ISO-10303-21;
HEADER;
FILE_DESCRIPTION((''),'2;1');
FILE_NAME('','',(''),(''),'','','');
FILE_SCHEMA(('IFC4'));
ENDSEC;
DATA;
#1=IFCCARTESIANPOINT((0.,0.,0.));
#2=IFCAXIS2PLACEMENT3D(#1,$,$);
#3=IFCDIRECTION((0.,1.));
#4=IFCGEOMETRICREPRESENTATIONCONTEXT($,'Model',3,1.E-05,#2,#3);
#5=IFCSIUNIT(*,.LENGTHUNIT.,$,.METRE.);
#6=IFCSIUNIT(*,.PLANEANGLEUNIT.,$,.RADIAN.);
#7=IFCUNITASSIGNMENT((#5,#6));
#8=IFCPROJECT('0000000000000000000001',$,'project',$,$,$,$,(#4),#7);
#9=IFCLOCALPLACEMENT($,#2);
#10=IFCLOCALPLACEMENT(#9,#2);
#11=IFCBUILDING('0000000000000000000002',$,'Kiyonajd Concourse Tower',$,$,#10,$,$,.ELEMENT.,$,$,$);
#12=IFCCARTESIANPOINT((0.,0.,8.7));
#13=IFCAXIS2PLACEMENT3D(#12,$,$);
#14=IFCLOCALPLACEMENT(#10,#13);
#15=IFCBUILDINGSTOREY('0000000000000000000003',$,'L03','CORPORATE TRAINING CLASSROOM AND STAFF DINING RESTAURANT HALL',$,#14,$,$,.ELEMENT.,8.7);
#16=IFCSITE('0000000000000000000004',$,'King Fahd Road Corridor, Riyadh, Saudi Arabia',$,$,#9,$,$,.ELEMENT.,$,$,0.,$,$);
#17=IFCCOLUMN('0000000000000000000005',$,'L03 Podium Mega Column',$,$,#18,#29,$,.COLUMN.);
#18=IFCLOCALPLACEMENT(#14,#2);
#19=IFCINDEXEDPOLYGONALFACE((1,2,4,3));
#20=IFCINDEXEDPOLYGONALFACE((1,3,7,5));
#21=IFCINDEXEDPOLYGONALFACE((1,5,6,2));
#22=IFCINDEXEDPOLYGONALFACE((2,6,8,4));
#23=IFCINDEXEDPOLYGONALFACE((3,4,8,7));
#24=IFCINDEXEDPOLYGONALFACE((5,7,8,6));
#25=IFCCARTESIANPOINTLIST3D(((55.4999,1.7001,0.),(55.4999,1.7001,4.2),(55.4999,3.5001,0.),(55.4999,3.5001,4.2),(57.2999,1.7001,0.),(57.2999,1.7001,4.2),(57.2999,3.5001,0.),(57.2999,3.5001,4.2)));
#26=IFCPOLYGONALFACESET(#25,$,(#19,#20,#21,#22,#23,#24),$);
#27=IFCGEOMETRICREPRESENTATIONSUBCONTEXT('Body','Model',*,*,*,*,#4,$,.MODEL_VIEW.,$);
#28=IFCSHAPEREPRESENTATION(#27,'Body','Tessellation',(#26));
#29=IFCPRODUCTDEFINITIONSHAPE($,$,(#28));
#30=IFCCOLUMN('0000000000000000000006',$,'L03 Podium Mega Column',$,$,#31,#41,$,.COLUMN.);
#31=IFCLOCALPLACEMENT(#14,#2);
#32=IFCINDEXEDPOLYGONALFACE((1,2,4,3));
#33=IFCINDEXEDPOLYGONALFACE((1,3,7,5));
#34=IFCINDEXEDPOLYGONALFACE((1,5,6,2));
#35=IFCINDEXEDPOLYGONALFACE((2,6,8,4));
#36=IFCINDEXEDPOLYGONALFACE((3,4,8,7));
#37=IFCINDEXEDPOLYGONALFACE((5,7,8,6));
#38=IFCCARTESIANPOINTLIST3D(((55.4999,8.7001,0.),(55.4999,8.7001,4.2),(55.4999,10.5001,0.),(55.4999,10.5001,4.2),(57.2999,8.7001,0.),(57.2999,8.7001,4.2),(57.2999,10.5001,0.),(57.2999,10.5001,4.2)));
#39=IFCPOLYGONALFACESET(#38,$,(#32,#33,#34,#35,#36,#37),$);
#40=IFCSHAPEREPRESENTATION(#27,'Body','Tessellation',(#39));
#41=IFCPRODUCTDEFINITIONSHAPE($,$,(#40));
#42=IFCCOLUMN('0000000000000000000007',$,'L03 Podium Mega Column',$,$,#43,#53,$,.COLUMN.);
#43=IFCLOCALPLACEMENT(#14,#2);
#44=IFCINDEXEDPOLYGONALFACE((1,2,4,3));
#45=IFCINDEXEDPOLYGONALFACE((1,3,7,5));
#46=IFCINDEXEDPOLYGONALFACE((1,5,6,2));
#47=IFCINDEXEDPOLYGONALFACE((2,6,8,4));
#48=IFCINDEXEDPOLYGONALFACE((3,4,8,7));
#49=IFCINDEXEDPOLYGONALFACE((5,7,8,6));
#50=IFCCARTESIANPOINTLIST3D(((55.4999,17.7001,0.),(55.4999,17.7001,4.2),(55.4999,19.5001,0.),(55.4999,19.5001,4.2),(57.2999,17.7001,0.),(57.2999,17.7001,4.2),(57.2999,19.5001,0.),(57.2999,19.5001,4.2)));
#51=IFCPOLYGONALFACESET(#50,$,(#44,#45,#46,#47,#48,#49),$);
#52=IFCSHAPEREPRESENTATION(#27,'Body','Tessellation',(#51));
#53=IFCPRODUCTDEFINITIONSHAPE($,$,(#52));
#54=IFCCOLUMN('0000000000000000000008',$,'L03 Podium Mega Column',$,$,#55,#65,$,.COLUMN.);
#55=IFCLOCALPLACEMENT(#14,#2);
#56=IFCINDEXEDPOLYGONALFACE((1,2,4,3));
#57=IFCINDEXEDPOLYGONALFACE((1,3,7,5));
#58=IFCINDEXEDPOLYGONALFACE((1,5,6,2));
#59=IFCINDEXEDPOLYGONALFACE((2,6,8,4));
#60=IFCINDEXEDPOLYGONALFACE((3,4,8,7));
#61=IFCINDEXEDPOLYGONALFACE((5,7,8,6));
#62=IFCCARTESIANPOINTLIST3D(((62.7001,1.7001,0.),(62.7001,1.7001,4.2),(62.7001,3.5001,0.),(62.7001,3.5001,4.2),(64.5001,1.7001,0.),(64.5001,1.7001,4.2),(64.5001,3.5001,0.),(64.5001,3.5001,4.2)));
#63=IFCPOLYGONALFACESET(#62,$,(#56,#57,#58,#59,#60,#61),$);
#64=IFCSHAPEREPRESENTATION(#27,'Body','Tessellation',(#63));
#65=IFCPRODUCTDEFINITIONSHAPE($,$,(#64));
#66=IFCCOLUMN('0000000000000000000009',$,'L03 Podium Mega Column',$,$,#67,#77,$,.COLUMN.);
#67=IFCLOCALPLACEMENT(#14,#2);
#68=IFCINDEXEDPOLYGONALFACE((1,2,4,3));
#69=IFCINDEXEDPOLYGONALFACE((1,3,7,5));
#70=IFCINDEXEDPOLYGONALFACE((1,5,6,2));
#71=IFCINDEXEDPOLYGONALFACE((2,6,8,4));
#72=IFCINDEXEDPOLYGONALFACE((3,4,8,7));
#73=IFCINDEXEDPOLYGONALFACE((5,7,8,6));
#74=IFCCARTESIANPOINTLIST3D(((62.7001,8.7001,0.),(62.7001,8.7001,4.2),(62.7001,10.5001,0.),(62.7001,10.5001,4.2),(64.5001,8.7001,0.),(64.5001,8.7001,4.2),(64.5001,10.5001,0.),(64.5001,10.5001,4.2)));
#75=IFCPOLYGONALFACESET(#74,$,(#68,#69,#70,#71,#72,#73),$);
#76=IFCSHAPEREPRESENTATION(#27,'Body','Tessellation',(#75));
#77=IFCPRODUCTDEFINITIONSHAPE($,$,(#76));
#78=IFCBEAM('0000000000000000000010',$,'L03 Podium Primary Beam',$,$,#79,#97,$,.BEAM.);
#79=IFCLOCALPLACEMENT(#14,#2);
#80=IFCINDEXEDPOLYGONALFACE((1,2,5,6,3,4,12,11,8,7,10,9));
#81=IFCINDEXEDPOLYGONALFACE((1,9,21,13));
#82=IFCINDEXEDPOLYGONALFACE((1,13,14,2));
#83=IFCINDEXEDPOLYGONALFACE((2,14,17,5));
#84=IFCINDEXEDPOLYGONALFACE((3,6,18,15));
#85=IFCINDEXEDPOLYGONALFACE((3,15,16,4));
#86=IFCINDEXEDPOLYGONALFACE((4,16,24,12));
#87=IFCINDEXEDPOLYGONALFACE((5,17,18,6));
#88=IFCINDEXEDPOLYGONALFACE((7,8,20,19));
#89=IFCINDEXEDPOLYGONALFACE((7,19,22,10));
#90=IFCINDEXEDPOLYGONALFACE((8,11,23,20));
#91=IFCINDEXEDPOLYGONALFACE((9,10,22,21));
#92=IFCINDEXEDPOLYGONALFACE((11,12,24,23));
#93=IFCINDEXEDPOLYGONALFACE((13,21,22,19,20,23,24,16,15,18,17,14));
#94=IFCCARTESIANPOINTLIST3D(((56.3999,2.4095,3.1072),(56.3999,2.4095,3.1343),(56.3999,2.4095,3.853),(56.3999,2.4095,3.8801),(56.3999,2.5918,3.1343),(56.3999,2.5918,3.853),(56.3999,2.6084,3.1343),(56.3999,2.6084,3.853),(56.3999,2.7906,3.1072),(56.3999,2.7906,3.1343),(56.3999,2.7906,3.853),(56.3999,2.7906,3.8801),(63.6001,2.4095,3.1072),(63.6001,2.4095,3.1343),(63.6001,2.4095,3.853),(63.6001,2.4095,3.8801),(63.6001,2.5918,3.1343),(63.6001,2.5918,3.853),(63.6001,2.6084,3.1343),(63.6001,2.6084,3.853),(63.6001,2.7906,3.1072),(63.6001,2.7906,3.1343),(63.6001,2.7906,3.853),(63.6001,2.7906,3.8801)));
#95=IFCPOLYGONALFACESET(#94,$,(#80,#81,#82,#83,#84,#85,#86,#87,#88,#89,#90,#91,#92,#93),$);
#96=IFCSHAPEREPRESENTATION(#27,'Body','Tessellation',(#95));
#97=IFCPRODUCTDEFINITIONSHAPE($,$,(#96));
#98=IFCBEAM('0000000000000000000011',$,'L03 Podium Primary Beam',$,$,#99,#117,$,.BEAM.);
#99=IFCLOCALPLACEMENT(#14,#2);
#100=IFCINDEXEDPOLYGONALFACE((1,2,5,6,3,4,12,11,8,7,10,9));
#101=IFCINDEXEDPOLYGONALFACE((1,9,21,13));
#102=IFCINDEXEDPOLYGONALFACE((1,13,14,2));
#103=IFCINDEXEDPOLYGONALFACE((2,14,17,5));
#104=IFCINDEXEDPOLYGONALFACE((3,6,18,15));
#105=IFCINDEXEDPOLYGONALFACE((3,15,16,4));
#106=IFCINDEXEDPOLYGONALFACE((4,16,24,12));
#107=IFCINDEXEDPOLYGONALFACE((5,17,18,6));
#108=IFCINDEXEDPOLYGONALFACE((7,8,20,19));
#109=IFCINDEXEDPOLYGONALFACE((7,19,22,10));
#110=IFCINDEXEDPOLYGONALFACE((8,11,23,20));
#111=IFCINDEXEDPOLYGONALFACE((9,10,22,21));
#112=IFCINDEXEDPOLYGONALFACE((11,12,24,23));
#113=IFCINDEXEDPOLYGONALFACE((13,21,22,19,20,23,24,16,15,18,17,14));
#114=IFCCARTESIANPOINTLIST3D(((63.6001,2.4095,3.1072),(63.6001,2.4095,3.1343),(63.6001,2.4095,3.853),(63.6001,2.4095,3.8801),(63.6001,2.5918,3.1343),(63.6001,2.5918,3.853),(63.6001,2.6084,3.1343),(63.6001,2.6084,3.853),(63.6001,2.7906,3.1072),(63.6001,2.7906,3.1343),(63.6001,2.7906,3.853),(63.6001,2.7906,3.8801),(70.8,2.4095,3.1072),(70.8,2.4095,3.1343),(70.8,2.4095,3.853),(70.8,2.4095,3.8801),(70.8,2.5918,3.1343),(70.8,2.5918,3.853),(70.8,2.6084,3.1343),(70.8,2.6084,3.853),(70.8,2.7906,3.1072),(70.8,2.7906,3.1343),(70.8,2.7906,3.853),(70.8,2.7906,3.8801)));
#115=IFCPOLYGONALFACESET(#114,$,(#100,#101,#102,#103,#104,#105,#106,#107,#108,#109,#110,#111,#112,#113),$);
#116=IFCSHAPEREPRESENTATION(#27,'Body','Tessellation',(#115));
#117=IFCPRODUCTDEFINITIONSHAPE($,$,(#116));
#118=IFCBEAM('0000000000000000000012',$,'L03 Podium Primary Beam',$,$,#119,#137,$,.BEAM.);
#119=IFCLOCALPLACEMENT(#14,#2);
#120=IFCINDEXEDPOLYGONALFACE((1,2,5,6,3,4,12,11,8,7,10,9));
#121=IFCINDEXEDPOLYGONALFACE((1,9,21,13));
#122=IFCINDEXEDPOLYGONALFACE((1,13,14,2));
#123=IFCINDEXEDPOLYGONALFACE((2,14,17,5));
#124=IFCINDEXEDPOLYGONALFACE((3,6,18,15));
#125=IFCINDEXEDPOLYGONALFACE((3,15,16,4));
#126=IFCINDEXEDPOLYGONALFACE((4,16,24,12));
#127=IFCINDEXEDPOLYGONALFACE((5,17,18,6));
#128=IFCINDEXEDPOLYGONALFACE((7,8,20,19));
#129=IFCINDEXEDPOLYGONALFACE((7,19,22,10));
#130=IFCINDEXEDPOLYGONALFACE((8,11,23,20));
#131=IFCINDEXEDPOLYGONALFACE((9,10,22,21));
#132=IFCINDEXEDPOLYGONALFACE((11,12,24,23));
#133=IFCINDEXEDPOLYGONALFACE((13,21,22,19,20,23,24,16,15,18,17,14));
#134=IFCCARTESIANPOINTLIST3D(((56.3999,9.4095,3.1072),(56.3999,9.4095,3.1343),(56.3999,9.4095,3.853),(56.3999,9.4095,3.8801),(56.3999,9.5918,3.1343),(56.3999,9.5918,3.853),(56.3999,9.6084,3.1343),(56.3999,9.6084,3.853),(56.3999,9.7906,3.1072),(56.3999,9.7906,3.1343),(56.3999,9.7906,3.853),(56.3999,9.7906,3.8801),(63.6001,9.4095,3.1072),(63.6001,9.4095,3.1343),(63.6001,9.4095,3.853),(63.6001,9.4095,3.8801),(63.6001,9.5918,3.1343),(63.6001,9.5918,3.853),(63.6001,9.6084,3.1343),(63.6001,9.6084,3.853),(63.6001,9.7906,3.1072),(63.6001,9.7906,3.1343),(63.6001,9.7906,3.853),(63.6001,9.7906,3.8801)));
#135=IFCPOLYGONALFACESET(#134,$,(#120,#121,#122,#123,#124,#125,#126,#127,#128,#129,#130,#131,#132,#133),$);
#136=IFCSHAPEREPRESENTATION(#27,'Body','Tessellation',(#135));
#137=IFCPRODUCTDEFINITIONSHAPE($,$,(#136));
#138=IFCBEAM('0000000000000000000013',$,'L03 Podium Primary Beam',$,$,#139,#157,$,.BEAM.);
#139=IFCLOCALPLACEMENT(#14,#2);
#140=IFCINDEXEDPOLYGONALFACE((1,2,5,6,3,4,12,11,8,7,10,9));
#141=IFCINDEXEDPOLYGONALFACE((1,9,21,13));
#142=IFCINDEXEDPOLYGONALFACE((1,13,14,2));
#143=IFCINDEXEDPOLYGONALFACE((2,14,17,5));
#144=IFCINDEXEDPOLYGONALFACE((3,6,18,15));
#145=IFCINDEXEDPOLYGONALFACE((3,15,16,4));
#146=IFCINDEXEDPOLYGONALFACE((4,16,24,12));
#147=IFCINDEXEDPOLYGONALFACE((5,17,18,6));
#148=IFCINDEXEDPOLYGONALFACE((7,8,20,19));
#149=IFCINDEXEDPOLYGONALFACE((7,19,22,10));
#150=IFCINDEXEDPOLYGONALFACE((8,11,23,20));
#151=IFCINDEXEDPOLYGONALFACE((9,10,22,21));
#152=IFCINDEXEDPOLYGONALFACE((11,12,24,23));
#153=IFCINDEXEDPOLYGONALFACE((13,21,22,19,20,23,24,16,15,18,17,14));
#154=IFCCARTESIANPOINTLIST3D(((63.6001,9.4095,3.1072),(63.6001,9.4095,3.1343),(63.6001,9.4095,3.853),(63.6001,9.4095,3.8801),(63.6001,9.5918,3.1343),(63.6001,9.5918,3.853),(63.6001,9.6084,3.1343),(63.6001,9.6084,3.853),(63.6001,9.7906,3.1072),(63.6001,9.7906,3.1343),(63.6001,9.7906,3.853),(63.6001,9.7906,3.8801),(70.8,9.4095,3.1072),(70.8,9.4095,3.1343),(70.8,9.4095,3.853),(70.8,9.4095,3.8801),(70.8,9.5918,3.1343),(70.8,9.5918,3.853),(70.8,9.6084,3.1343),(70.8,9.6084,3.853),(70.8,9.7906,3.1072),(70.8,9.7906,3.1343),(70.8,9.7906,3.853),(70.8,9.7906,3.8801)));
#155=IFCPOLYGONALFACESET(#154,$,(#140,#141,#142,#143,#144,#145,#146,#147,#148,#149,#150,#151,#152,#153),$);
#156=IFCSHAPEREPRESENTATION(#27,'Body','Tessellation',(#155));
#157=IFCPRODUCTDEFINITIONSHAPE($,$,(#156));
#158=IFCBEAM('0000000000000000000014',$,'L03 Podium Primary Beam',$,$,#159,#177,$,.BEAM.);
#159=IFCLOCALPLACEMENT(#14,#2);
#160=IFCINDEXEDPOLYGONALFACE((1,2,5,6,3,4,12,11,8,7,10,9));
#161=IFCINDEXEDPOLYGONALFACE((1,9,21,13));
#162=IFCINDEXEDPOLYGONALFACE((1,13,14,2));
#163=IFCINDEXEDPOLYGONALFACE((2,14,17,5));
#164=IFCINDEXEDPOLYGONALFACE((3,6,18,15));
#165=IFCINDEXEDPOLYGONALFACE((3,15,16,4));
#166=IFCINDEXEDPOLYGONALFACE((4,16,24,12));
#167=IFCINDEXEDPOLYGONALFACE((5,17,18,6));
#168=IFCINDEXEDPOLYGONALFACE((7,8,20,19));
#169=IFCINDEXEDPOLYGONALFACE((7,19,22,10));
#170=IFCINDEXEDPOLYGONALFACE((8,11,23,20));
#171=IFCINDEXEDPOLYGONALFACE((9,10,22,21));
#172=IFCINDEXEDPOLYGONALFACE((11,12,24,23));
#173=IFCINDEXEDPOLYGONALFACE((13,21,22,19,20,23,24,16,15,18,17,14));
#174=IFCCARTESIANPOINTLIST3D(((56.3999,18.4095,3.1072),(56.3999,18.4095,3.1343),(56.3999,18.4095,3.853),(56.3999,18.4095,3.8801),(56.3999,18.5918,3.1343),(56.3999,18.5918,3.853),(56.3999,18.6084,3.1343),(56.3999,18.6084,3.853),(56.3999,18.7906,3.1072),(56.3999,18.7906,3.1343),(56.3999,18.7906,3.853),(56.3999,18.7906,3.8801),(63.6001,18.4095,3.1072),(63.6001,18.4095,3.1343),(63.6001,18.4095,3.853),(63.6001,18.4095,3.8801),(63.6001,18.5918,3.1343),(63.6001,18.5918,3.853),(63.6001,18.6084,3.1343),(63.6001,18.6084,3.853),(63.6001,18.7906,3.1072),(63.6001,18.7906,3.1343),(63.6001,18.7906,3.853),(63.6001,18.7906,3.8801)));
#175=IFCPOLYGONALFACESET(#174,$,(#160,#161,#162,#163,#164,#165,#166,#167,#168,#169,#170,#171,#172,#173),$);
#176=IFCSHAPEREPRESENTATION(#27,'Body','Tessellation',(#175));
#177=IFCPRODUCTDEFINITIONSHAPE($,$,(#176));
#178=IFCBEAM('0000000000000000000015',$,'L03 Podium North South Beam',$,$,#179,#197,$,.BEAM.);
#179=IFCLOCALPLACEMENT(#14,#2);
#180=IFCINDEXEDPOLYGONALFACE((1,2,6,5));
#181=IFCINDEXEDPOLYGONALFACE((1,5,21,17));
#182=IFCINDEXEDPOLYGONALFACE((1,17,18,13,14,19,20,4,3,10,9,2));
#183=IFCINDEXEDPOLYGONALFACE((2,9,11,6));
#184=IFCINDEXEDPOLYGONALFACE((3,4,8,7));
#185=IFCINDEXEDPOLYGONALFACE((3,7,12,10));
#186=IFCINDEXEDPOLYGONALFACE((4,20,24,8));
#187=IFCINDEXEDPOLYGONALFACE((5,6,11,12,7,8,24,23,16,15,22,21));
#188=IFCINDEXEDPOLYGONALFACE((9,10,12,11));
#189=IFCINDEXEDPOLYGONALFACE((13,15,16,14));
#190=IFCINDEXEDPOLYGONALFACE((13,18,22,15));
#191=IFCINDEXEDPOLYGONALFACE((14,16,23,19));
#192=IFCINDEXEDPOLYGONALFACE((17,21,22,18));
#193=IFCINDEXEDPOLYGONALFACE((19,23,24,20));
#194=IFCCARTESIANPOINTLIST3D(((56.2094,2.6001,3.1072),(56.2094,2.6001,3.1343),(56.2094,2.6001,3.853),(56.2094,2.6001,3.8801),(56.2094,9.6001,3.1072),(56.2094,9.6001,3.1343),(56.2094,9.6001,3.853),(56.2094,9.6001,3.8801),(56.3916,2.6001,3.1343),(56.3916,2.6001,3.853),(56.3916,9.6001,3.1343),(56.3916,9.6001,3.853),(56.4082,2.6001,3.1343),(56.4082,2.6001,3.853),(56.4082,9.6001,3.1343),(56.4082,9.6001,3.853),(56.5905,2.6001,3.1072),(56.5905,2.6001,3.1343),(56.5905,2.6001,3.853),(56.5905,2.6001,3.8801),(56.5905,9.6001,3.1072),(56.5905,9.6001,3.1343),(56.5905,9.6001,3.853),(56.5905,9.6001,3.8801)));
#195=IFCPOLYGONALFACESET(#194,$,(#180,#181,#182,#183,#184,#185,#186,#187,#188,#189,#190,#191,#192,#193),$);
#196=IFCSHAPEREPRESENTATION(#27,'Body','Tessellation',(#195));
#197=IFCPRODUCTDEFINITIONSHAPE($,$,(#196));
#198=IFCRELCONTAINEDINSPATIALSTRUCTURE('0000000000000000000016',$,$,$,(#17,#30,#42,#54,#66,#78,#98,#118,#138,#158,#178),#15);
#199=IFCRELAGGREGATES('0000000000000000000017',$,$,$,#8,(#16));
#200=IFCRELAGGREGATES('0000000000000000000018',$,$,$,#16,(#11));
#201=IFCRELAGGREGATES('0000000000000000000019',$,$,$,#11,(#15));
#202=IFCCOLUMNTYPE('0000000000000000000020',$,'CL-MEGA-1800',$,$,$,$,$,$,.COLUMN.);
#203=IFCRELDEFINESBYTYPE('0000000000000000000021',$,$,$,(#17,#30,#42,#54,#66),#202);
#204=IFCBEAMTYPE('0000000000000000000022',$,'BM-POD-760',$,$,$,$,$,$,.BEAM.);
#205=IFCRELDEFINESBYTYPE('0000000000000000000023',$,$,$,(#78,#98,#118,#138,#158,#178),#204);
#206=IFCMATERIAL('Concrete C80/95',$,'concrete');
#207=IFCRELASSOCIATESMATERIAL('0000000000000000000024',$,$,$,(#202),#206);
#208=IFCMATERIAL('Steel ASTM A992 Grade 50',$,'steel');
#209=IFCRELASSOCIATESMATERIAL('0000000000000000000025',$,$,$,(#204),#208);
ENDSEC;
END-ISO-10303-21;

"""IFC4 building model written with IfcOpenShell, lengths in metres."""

from ifc_helpers import new_model, si_unit, direction, frame, origin, origin_2d, place, context, subcontext, project, spatial, rectangle, i_section, extrude, material, material_profile, profile_set, type_object, element, save


model = new_model("IFC4")

# Units and contexts
model_context = context("Model", 3, precision=1e-05, world=origin(), true_north=direction((0.0, 1.0)))
body_context = subcontext(model_context, "Body", "Model", "MODEL_VIEW")
ifc_project = project(units=[si_unit("LENGTHUNIT", "METRE"), si_unit("PLANEANGLEUNIT", "RADIAN")], contexts=[model_context])

# Site, building, storey
site_placement = place(None, origin())
site = spatial("IfcSite", under=ifc_project, at=site_placement, Name="King Fahd Road Corridor, Riyadh, Saudi Arabia", CompositionType="ELEMENT", RefElevation=0.0)
building_placement = place(site_placement, origin())
building = spatial("IfcBuilding", under=site, at=building_placement, Name="Kiyonajd Concourse Tower", CompositionType="ELEMENT")
storey_placement = place(building_placement, frame((0.0, 0.0, 8.7)))
storey = spatial("IfcBuildingStorey", under=building, at=storey_placement, Name="L03", Description="CORPORATE TRAINING CLASSROOM AND STAFF DINING RESTAURANT HALL", CompositionType="ELEMENT", Elevation=8.7)

# Columns
ifc_material_1 = material(Name="Concrete C80/95", Category="concrete")
ifc_material_profile_1 = material_profile(ifc_material_1, rectangle(XDim=1.8, YDim=1.8, at=origin_2d()), Name="RC-1800x1800")
ifc_profile_set_1 = profile_set([ifc_material_profile_1], Name="Concrete C80/95")
column_type = type_object("IfcColumnType", Name="CL-MEGA-1800", PredefinedType="COLUMN", material=ifc_profile_set_1)
for number, where, z_axis, x_axis, name in (
    (1, (56.3999, 2.6001, 0.0), (0.0, 0.0, 1.0), (1.0, 0.0, 0.0), "L03 Podium Mega Column"),
    (2, (56.3999, 9.6001, 0.0), (0.0, 0.0, 1.0), (1.0, 0.0, 0.0), "L03 Podium Mega Column"),
    (3, (56.3999, 18.6001, 0.0), (0.0, 0.0, 1.0), (1.0, 0.0, 0.0), "L03 Podium Mega Column"),
    (4, (63.6001, 2.6001, 0.0), (0.0, 0.0, 1.0), (1.0, 0.0, 0.0), "L03 Podium Mega Column"),
    (5, (63.6001, 9.6001, 0.0), (0.0, 0.0, 1.0), (1.0, 0.0, 0.0), "L03 Podium Mega Column"),
):
    element("IfcColumn", number, at=place(storey_placement, frame(where, z_axis=z_axis, x_axis=x_axis)), inside=storey, type_object=column_type, Name=name, PredefinedType="COLUMN", context=body_context, shape_type="SweptSolid", body=[
        extrude(rectangle(XDim=1.8, YDim=1.8, at=origin_2d()), origin(), (0.0, 0.0, 1.0), 4.2),
    ])

# Beams
ifc_material_2 = material(Name="Steel ASTM A992 Grade 50", Category="steel")
ifc_material_profile_2 = material_profile(ifc_material_2, i_section(OverallWidth=0.3811, OverallDepth=0.7729, WebThickness=0.0166, FlangeThickness=0.0271, at=origin_2d()), Name="W760X257")
ifc_profile_set_2 = profile_set([ifc_material_profile_2], Name="Steel ASTM A992 Grade 50")
beam_type = type_object("IfcBeamType", Name="BM-POD-760", PredefinedType="BEAM", material=ifc_profile_set_2)
beam_1_placement = place(storey_placement, frame((56.3999, 2.6001, 3.4937), z_axis=(1.0, 0.0, 0.0), x_axis=(0.0, 1.0, 0.0)))
element("IfcBeam", 6, at=beam_1_placement, inside=storey, type_object=beam_type, Name="L03 Podium Primary Beam", PredefinedType="BEAM", context=body_context, shape_type="SweptSolid", body=[
    extrude(i_section(OverallWidth=0.3811, OverallDepth=0.7729, WebThickness=0.0166, FlangeThickness=0.0271, at=origin_2d()), origin(), (0.0, 0.0, 1.0), 7.2002),
])
beam_2_placement = place(storey_placement, frame((63.6001, 2.6001, 3.4937), z_axis=(1.0, 0.0, 0.0), x_axis=(0.0, 1.0, 0.0)))
element("IfcBeam", 7, at=beam_2_placement, inside=storey, type_object=beam_type, Name="L03 Podium Primary Beam", PredefinedType="BEAM", context=body_context, shape_type="SweptSolid", body=[
    extrude(i_section(OverallWidth=0.3811, OverallDepth=0.7729, WebThickness=0.0166, FlangeThickness=0.0271, at=origin_2d()), origin(), (0.0, 0.0, 1.0), 7.2),
])
beam_3_placement = place(storey_placement, frame((56.3999, 9.6001, 3.4937), z_axis=(1.0, 0.0, 0.0), x_axis=(0.0, 1.0, 0.0)))
element("IfcBeam", 8, at=beam_3_placement, inside=storey, type_object=beam_type, Name="L03 Podium Primary Beam", PredefinedType="BEAM", context=body_context, shape_type="SweptSolid", body=[
    extrude(i_section(OverallWidth=0.3811, OverallDepth=0.7729, WebThickness=0.0166, FlangeThickness=0.0271, at=origin_2d()), origin(), (0.0, 0.0, 1.0), 7.2002),
])
beam_4_placement = place(storey_placement, frame((63.6001, 9.6001, 3.4937), z_axis=(1.0, 0.0, 0.0), x_axis=(0.0, 1.0, 0.0)))
element("IfcBeam", 9, at=beam_4_placement, inside=storey, type_object=beam_type, Name="L03 Podium Primary Beam", PredefinedType="BEAM", context=body_context, shape_type="SweptSolid", body=[
    extrude(i_section(OverallWidth=0.3811, OverallDepth=0.7729, WebThickness=0.0166, FlangeThickness=0.0271, at=origin_2d()), origin(), (0.0, 0.0, 1.0), 7.2),
])
beam_5_placement = place(storey_placement, frame((56.3999, 18.6001, 3.4937), z_axis=(1.0, 0.0, 0.0), x_axis=(0.0, 1.0, 0.0)))
element("IfcBeam", 10, at=beam_5_placement, inside=storey, type_object=beam_type, Name="L03 Podium Primary Beam", PredefinedType="BEAM", context=body_context, shape_type="SweptSolid", body=[
    extrude(i_section(OverallWidth=0.3811, OverallDepth=0.7729, WebThickness=0.0166, FlangeThickness=0.0271, at=origin_2d()), origin(), (0.0, 0.0, 1.0), 7.2002),
])
beam_6_placement = place(storey_placement, frame((56.3999, 2.6001, 3.4937), z_axis=(0.0, 1.0, 0.0), x_axis=(-1.0, 0.0, 0.0)))
element("IfcBeam", 11, at=beam_6_placement, inside=storey, type_object=beam_type, Name="L03 Podium North South Beam", PredefinedType="BEAM", context=body_context, shape_type="SweptSolid", body=[
    extrude(i_section(OverallWidth=0.3811, OverallDepth=0.7729, WebThickness=0.0166, FlangeThickness=0.0271, at=origin_2d()), origin(), (0.0, 0.0, 1.0), 7.0),
])

save(model, "model.ifc")
